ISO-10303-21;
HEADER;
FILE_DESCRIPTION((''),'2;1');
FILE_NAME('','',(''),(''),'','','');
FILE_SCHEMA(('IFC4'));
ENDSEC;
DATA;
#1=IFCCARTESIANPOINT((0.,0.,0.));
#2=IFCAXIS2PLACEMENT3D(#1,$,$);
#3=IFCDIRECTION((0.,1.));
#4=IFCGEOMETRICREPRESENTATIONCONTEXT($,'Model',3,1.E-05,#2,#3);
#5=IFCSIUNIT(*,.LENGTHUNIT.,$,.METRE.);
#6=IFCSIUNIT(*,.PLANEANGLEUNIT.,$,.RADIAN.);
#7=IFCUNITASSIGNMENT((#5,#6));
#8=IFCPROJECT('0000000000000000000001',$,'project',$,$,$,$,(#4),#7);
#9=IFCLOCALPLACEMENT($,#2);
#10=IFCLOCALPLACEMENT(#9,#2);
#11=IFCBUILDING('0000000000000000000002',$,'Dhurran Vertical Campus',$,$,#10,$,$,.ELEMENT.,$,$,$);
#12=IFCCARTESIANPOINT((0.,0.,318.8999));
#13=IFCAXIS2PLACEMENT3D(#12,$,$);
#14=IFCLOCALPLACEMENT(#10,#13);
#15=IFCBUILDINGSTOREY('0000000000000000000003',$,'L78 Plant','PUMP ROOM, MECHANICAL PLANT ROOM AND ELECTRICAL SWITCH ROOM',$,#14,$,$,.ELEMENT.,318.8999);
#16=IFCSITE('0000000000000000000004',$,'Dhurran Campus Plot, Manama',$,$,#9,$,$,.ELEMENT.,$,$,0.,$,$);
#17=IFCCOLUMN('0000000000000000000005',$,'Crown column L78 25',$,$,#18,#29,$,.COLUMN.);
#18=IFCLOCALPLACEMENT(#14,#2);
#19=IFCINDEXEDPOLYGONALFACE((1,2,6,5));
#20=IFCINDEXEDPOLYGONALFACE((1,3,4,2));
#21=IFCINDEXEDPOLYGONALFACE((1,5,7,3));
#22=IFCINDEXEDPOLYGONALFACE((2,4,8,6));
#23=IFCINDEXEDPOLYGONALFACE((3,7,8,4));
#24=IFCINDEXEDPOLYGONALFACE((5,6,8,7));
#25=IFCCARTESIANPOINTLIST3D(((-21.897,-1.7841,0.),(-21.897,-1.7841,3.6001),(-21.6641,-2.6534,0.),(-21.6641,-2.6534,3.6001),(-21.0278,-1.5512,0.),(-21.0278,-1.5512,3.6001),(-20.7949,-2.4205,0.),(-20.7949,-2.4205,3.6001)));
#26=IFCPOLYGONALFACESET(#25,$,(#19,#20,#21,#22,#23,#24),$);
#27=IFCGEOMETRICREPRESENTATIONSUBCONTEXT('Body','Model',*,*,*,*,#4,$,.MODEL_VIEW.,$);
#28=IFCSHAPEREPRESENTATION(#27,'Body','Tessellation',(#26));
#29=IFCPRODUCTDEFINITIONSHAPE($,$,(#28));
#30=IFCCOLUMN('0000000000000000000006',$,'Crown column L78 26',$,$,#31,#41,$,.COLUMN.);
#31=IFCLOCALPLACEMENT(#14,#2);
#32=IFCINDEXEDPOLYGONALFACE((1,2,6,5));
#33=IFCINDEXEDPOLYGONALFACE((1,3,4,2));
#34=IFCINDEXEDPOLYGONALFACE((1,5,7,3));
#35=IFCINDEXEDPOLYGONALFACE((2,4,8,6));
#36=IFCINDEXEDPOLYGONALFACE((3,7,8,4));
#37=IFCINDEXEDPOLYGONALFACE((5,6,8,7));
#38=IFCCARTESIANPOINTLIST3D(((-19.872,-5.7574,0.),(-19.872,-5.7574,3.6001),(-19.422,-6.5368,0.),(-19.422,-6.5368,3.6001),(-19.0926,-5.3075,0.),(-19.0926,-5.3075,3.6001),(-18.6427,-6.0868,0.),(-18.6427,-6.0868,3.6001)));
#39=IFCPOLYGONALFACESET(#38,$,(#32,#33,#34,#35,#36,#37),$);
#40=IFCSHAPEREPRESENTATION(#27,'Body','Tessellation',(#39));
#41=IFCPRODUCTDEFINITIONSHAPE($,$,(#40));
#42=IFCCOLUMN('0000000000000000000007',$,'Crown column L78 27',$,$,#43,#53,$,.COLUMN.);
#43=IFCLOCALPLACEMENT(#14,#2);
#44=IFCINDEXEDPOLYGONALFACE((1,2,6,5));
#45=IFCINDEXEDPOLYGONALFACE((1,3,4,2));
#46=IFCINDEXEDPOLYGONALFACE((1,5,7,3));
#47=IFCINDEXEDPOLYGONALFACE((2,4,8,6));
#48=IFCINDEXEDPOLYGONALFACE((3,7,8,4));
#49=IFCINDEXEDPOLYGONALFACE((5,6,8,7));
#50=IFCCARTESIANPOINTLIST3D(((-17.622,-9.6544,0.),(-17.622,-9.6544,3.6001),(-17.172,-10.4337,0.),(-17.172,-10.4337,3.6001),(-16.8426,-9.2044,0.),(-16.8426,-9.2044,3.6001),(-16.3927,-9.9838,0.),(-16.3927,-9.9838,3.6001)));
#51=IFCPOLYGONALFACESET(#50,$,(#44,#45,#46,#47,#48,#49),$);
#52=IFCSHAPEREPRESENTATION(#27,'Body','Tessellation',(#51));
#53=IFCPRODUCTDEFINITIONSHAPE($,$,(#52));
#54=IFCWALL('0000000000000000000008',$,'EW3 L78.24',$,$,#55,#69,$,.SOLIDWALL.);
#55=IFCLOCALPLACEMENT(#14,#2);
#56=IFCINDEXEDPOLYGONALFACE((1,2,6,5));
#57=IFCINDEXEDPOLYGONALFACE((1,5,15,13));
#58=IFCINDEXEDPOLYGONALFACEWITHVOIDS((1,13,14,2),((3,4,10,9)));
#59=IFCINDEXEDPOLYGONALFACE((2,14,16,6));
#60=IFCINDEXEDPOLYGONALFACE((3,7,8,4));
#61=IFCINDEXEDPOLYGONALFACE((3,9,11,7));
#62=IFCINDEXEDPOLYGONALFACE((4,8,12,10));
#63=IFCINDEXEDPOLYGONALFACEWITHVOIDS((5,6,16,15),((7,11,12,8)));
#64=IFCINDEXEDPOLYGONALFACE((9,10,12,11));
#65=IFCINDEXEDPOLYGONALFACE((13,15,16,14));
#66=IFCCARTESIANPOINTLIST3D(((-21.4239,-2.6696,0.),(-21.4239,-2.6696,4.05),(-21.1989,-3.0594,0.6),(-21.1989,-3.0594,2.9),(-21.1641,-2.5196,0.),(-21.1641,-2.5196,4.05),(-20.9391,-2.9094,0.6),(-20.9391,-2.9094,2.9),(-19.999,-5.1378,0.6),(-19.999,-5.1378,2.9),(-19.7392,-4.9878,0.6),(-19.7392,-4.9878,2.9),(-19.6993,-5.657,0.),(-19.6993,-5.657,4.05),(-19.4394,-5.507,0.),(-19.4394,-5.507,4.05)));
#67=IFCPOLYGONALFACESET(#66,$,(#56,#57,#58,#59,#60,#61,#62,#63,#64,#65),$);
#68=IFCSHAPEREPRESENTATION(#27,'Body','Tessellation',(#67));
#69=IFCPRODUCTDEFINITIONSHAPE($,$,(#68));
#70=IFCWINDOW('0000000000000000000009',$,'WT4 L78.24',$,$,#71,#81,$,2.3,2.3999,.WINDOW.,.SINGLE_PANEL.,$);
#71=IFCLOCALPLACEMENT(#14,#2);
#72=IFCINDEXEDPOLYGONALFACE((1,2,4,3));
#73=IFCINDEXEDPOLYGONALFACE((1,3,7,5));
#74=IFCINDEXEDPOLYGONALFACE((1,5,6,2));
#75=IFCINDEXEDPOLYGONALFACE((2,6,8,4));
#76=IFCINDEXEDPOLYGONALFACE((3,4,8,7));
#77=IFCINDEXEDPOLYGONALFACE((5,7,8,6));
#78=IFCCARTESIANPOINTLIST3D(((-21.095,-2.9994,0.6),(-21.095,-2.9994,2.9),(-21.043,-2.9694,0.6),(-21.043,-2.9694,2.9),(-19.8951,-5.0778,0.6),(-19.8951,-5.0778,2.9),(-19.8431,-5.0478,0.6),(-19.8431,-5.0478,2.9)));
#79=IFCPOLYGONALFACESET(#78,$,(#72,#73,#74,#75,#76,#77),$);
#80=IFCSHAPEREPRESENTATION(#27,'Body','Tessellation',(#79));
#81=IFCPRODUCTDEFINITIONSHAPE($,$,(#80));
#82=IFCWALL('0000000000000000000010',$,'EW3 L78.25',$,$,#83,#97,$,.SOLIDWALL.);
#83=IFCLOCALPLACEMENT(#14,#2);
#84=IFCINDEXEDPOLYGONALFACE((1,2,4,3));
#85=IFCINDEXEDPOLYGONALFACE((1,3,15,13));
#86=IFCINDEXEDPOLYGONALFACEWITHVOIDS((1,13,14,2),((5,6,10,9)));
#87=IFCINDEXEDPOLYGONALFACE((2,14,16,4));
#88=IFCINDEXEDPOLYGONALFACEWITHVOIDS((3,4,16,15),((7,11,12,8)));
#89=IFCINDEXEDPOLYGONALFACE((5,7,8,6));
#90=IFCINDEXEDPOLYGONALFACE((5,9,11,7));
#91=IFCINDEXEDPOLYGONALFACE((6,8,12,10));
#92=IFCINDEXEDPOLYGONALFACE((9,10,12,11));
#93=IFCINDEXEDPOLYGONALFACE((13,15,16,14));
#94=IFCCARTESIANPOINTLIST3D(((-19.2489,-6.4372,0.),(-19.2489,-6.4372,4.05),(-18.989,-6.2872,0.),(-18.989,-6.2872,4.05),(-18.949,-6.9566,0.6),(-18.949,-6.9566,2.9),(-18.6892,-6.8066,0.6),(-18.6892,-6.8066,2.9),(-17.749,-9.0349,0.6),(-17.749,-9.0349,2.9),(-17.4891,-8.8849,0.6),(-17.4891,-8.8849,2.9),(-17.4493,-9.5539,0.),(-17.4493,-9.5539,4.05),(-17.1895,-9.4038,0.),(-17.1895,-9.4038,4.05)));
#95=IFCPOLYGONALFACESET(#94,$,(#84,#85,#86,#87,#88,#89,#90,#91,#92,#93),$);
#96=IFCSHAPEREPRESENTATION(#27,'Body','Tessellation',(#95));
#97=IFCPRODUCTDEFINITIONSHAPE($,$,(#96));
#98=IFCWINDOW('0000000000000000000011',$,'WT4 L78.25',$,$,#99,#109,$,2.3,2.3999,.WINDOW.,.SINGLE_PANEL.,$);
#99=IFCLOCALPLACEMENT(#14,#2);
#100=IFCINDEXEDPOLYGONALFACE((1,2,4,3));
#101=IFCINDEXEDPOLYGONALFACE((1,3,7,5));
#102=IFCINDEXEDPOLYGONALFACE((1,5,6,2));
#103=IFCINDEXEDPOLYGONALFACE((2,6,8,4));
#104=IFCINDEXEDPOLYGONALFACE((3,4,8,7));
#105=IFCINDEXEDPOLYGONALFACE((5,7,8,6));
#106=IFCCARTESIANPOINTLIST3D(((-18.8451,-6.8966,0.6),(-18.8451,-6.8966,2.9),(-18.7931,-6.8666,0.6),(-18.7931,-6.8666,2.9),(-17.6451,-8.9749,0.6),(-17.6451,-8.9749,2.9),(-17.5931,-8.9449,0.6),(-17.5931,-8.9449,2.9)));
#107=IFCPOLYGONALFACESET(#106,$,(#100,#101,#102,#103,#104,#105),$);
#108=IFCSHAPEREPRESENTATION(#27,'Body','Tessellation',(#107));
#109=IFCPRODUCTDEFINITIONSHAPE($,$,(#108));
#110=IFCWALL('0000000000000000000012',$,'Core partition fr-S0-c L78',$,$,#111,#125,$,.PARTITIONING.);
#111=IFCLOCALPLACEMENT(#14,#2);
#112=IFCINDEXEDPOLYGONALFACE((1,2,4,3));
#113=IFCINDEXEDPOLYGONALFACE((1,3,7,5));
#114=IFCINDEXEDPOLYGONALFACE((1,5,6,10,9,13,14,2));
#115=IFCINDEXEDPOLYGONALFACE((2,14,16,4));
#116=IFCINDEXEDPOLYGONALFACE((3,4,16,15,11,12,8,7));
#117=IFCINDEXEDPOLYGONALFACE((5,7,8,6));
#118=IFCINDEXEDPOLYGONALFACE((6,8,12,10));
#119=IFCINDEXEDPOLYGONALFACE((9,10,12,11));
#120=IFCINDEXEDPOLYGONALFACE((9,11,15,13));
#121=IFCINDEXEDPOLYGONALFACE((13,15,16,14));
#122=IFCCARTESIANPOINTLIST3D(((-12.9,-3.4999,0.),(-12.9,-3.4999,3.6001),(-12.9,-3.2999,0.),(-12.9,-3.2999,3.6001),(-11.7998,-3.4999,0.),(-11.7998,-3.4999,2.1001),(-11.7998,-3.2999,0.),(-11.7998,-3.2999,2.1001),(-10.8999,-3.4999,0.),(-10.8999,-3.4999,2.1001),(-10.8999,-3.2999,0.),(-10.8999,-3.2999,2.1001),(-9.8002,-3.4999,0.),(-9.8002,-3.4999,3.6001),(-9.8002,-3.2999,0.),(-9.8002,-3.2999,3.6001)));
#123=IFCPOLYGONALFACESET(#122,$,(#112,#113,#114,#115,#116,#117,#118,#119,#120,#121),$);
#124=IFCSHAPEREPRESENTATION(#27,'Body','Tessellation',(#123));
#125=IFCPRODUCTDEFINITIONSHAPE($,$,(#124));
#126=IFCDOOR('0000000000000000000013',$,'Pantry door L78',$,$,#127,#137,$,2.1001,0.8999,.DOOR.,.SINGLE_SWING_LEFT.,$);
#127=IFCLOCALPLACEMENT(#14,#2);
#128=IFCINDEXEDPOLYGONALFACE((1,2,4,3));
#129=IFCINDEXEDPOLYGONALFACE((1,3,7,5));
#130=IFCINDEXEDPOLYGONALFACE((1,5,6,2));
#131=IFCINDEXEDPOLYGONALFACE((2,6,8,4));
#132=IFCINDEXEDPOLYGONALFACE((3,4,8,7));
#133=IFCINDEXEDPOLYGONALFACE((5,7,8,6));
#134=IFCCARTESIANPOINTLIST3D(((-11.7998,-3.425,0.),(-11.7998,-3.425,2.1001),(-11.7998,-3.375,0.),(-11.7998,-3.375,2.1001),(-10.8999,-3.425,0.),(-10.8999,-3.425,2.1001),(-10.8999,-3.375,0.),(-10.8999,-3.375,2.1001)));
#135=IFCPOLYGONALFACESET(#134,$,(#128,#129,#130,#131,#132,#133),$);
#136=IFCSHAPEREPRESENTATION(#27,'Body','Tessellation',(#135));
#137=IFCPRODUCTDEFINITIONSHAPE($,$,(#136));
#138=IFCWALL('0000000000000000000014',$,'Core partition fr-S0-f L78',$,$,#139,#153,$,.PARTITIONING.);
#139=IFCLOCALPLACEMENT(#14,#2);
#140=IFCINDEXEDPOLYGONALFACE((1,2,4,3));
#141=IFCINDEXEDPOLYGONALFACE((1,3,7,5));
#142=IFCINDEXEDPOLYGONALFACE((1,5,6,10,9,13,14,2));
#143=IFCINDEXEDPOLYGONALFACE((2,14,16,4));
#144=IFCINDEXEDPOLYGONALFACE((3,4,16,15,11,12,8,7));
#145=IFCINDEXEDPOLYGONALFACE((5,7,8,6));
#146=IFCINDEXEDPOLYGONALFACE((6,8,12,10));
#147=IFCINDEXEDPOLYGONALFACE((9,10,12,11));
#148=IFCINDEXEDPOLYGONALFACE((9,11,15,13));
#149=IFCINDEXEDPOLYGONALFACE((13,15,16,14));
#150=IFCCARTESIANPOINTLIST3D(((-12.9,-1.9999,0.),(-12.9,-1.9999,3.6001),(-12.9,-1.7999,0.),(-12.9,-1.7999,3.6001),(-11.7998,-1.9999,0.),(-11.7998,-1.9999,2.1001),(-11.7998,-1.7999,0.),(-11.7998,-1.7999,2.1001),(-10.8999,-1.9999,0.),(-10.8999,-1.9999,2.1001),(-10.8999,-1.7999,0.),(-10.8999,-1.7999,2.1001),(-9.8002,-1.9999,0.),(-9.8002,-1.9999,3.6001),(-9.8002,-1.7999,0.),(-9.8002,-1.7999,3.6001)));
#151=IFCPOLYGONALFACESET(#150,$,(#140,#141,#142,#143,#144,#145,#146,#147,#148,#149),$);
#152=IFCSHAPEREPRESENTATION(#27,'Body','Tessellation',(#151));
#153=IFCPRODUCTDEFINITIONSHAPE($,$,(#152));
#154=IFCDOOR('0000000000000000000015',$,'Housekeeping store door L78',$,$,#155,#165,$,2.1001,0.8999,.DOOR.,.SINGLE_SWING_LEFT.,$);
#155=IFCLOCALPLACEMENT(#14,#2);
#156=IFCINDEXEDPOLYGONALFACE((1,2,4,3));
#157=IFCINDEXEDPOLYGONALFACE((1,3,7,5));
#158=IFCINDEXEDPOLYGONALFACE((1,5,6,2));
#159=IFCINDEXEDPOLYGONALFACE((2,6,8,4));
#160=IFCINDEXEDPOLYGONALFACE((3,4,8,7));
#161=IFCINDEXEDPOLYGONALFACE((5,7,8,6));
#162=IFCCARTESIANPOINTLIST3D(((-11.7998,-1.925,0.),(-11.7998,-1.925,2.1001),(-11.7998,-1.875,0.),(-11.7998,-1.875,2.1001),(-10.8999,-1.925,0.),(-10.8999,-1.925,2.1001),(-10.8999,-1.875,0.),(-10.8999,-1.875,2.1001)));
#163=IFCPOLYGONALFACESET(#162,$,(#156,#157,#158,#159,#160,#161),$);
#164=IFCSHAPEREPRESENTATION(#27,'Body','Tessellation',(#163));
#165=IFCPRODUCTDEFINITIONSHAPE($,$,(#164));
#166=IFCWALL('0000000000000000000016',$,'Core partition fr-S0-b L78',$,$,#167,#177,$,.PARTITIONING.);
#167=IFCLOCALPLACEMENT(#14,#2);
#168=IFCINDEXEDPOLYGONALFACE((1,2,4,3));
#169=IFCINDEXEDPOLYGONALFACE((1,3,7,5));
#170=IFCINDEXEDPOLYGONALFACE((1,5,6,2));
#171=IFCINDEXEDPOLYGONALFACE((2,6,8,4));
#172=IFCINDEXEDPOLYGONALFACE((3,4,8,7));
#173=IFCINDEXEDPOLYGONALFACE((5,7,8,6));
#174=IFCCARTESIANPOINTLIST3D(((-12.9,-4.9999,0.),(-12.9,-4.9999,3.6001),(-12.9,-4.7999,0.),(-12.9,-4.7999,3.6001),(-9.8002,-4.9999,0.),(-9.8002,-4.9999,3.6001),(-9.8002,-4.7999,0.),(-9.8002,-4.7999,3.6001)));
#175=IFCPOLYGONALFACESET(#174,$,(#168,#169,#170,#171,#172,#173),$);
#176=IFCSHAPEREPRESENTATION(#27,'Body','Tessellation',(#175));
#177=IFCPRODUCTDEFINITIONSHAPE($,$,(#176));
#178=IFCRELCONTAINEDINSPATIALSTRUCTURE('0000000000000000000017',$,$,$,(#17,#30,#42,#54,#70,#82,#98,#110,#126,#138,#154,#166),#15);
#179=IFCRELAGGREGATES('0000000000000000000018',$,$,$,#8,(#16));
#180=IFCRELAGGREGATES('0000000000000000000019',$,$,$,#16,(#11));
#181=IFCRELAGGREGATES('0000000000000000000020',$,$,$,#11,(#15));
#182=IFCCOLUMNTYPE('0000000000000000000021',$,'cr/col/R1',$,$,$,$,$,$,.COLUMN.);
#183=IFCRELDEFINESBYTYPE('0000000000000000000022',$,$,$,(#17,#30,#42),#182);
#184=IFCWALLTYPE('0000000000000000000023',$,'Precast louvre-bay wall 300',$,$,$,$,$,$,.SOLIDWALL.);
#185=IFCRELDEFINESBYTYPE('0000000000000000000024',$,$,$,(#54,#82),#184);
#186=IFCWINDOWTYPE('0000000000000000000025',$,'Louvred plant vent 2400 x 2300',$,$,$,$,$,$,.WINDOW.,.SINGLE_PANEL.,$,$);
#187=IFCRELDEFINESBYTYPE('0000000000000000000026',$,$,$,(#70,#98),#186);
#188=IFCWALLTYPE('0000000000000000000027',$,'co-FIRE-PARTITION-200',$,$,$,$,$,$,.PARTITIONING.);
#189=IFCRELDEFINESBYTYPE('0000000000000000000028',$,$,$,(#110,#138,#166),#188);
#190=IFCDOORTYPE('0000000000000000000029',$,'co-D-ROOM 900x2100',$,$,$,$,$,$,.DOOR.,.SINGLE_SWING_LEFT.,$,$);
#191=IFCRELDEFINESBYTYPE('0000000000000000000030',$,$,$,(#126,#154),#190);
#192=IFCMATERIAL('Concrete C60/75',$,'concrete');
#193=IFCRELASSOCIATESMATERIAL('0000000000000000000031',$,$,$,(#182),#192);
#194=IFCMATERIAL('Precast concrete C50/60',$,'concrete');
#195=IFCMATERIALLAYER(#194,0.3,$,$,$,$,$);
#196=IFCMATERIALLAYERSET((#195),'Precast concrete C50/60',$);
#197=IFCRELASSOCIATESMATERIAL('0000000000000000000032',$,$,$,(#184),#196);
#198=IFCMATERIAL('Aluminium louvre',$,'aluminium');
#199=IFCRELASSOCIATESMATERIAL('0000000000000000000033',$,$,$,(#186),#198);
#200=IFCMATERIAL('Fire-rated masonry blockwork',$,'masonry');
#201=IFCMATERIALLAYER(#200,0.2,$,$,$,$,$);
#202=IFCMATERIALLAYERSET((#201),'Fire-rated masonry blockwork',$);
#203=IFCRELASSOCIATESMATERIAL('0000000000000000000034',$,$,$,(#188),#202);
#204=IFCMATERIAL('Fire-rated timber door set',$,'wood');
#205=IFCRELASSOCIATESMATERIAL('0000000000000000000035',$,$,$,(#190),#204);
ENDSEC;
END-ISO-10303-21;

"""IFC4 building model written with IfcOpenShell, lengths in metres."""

from ifc_helpers import new_model, si_unit, direction, frame, frame_2d, origin, origin_2d, place, context, subcontext, project, spatial, rectangle, extrude, material, layer, layer_set, material_profile, profile_set, type_object, element, fill, save


model = new_model("IFC4")

# Units and contexts
model_context = context("Model", 3, precision=1e-05, world=origin(), true_north=direction((0.0, 1.0)))
body_context = subcontext(model_context, "Body", "Model", "MODEL_VIEW")
ifc_project = project(units=[si_unit("LENGTHUNIT", "METRE"), si_unit("PLANEANGLEUNIT", "RADIAN")], contexts=[model_context])

# Site, building, storey
site_placement = place(None, origin())
site = spatial("IfcSite", under=ifc_project, at=site_placement, Name="Dhurran Campus Plot, Manama", CompositionType="ELEMENT", RefElevation=0.0)
building_placement = place(site_placement, origin())
building = spatial("IfcBuilding", under=site, at=building_placement, Name="Dhurran Vertical Campus", CompositionType="ELEMENT")
storey_placement = place(building_placement, frame((0.0, 0.0, 318.8999)))
storey = spatial("IfcBuildingStorey", under=building, at=storey_placement, Name="L78 Plant", Description="PUMP ROOM, MECHANICAL PLANT ROOM AND ELECTRICAL SWITCH ROOM", CompositionType="ELEMENT", Elevation=318.8999)

# Columns
ifc_material_1 = material(Name="Concrete C60/75", Category="concrete")
ifc_material_profile = material_profile(ifc_material_1, rectangle(XDim=0.8999, YDim=0.8999, at=origin_2d()), Name="cr/col/R1")
ifc_profile_set = profile_set([ifc_material_profile], Name="Concrete C60/75")
column_type = type_object("IfcColumnType", Name="cr/col/R1", PredefinedType="COLUMN", material=ifc_profile_set)
for number, where, z_axis, x_axis, name in (
    (1, (-21.3459, -2.1023, 0.0), (0.0, 0.0, 1.0), (0.258819, -0.965926, 0.0), "Crown column L78 25"),
    (2, (-19.2573, -5.9221, 0.0), (0.0, 0.0, 1.0), (0.5, -0.866025, 0.0), "Crown column L78 26"),
    (3, (-17.0073, -9.8191, 0.0), (0.0, 0.0, 1.0), (0.5, -0.866025, 0.0), "Crown column L78 27"),
):
    element("IfcColumn", number, at=place(storey_placement, frame(where, z_axis=z_axis, x_axis=x_axis)), inside=storey, type_object=column_type, Name=name, PredefinedType="COLUMN", context=body_context, shape_type="SweptSolid", body=[
        extrude(rectangle(XDim=0.8999, YDim=0.8999, at=origin_2d()), origin(), (0.0, 0.0, 1.0), 3.6001),
    ])

# Walls, openings, windows
ifc_material_2 = material(Name="Precast concrete C50/60", Category="concrete")
ifc_layer_1 = layer(ifc_material_2, 0.3)
ifc_layer_set_1 = layer_set([ifc_layer_1], Name="Precast concrete C50/60")
wall_type_1 = type_object("IfcWallType", Name="Precast louvre-bay wall 300", PredefinedType="SOLIDWALL", material=ifc_layer_set_1)
wall_1_placement = place(storey_placement, frame((-21.2939, -2.5947, 0.0), z_axis=(0.0, 0.0, 1.0), x_axis=(0.499976, -0.866039, 0.0)))
wall_1 = element("IfcWall", 4, at=wall_1_placement, inside=storey, type_object=wall_type_1, Name="EW3 L78.24", PredefinedType="SOLIDWALL", context=body_context, shape_type="SweptSolid", body=[
    extrude(rectangle(XDim=3.4495, YDim=0.3, at=frame_2d((1.7246, 0.0))), origin(), (0.0, 0.0, 1.0), 4.05),
])
opening_1_placement = place(wall_1_placement, frame((0.45, 0.0, 0.6001)))
opening_1 = element("IfcOpeningElement", 5, at=opening_1_placement, cuts=wall_1, PredefinedType="OPENING", context=body_context, shape_type="SweptSolid", body=[
    extrude(rectangle(XDim=2.3999, YDim=2.3, at=frame_2d((1.2, 1.1499))), frame((0.0, 0.1599, 0.0), z_axis=(0.0, -1.0, 0.0), x_axis=(1.0, 0.0, 0.0)), (0.0, 0.0, 1.0), 0.3201),
])
ifc_material_3 = material(Name="Aluminium louvre", Category="aluminium")
window_type = type_object("IfcWindowType", Name="Louvred plant vent 2400 x 2300", PartitioningType="SINGLE_PANEL", PredefinedType="WINDOW", material=ifc_material_3)
window_1_placement = place(opening_1_placement, origin())
window_1 = element("IfcWindow", 6, at=window_1_placement, inside=storey, type_object=window_type, Name="WT4 L78.24", OverallHeight=2.3, OverallWidth=2.3999, PartitioningType="SINGLE_PANEL", PredefinedType="WINDOW", context=body_context, shape_type="SweptSolid", body=[
    extrude(rectangle(XDim=2.3999, YDim=2.3, at=frame_2d((1.2, 1.1499))), frame((0.0, 0.03, 0.0), z_axis=(0.0, -1.0, 0.0), x_axis=(1.0, 0.0, 0.0)), (0.0, 0.0, 1.0), 0.0601),
])
fill(opening_1, window_1)
wall_2_placement = place(storey_placement, frame((-19.1189, -6.3623, 0.0), z_axis=(0.0, 0.0, 1.0), x_axis=(0.500028, -0.866009, 0.0)))
wall_2 = element("IfcWall", 7, at=wall_2_placement, inside=storey, type_object=wall_type_1, Name="EW3 L78.25", PredefinedType="SOLIDWALL", context=body_context, shape_type="SweptSolid", body=[
    extrude(rectangle(XDim=3.5989, YDim=0.3, at=frame_2d((1.7993, 0.0))), origin(), (0.0, 0.0, 1.0), 4.05),
])
opening_2_placement = place(wall_2_placement, frame((0.5996, 0.0, 0.6001)))
opening_2 = element("IfcOpeningElement", 8, at=opening_2_placement, cuts=wall_2, PredefinedType="OPENING", context=body_context, shape_type="SweptSolid", body=[
    extrude(rectangle(XDim=2.3999, YDim=2.3, at=frame_2d((1.2, 1.1499))), frame((0.0, 0.1599, 0.0), z_axis=(0.0, -1.0, 0.0), x_axis=(1.0, 0.0, 0.0)), (0.0, 0.0, 1.0), 0.3201),
])
window_2_placement = place(opening_2_placement, origin())
window_2 = element("IfcWindow", 9, at=window_2_placement, inside=storey, type_object=window_type, Name="WT4 L78.25", OverallHeight=2.3, OverallWidth=2.3999, PartitioningType="SINGLE_PANEL", PredefinedType="WINDOW", context=body_context, shape_type="SweptSolid", body=[
    extrude(rectangle(XDim=2.3999, YDim=2.3, at=frame_2d((1.2, 1.1499))), frame((0.0, 0.03, 0.0), z_axis=(0.0, -1.0, 0.0), x_axis=(1.0, 0.0, 0.0)), (0.0, 0.0, 1.0), 0.0601),
])
fill(opening_2, window_2)

# Walls, openings, doors
ifc_material_4 = material(Name="Fire-rated masonry blockwork", Category="masonry")
ifc_layer_2 = layer(ifc_material_4, 0.2)
ifc_layer_set_2 = layer_set([ifc_layer_2], Name="Fire-rated masonry blockwork")
wall_type_2 = type_object("IfcWallType", Name="co-FIRE-PARTITION-200", PredefinedType="PARTITIONING", material=ifc_layer_set_2)
wall_3_placement = place(storey_placement, frame((-12.8999, -3.3999, 0.0), z_axis=(0.0, 0.0, 1.0), x_axis=(1.0, 0.0, 0.0)))
wall_3 = element("IfcWall", 10, at=wall_3_placement, inside=storey, type_object=wall_type_2, Name="Core partition fr-S0-c L78", PredefinedType="PARTITIONING", context=body_context, shape_type="SweptSolid", body=[
    extrude(rectangle(XDim=3.0999, YDim=0.2, at=frame_2d((1.5498, 0.0))), origin(), (0.0, 0.0, 1.0), 3.6001),
])
opening_3_placement = place(wall_3_placement, frame((1.1001, 0.0, 0.0)))
opening_3 = element("IfcOpeningElement", 11, at=opening_3_placement, cuts=wall_3, PredefinedType="OPENING", context=body_context, shape_type="SweptSolid", body=[
    extrude(rectangle(XDim=0.8999, YDim=2.1001, at=frame_2d((0.45, 1.05))), frame((0.0, 0.1099, 0.0), z_axis=(0.0, -1.0, 0.0), x_axis=(1.0, 0.0, 0.0)), (0.0, 0.0, 1.0), 0.22),
])
ifc_material_5 = material(Name="Fire-rated timber door set", Category="wood")
door_type_1 = type_object("IfcDoorType", Name="co-D-ROOM 900x2100", OperationType="SINGLE_SWING_LEFT", PredefinedType="DOOR", material=ifc_material_5)
door_1_placement = place(opening_3_placement, origin())
door_1 = element("IfcDoor", 12, at=door_1_placement, inside=storey, type_object=door_type_1, Name="Pantry door L78", OperationType="SINGLE_SWING_LEFT", OverallHeight=2.1001, OverallWidth=0.8999, PredefinedType="DOOR", context=body_context, shape_type="SweptSolid", body=[
    extrude(rectangle(XDim=0.8999, YDim=2.1001, at=frame_2d((0.45, 1.05))), frame((0.0, 0.0249, 0.0), z_axis=(0.0, -1.0, 0.0), x_axis=(1.0, 0.0, 0.0)), (0.0, 0.0, 1.0), 0.05),
])
fill(opening_3, door_1)
wall_4_placement = place(storey_placement, frame((-12.8999, -1.8999, 0.0), z_axis=(0.0, 0.0, 1.0), x_axis=(1.0, 0.0, 0.0)))
wall_4 = element("IfcWall", 13, at=wall_4_placement, inside=storey, type_object=wall_type_2, Name="Core partition fr-S0-f L78", PredefinedType="PARTITIONING", context=body_context, shape_type="SweptSolid", body=[
    extrude(rectangle(XDim=3.0999, YDim=0.2, at=frame_2d((1.5498, 0.0))), origin(), (0.0, 0.0, 1.0), 3.6001),
])
opening_4_placement = place(wall_4_placement, frame((1.1001, 0.0, 0.0)))
opening_4 = element("IfcOpeningElement", 14, at=opening_4_placement, cuts=wall_4, PredefinedType="OPENING", context=body_context, shape_type="SweptSolid", body=[
    extrude(rectangle(XDim=0.8999, YDim=2.1001, at=frame_2d((0.45, 1.05))), frame((0.0, 0.1099, 0.0), z_axis=(0.0, -1.0, 0.0), x_axis=(1.0, 0.0, 0.0)), (0.0, 0.0, 1.0), 0.22),
])
door_2_placement = place(opening_4_placement, origin())
door_2 = element("IfcDoor", 15, at=door_2_placement, inside=storey, type_object=door_type_1, Name="Housekeeping store door L78", OperationType="SINGLE_SWING_LEFT", OverallHeight=2.1001, OverallWidth=0.8999, PredefinedType="DOOR", context=body_context, shape_type="SweptSolid", body=[
    extrude(rectangle(XDim=0.8999, YDim=2.1001, at=frame_2d((0.45, 1.05))), frame((0.0, 0.0249, 0.0), z_axis=(0.0, -1.0, 0.0), x_axis=(1.0, 0.0, 0.0)), (0.0, 0.0, 1.0), 0.05),
])
fill(opening_4, door_2)

# Wall
wall_5_placement = place(storey_placement, frame((-12.8999, -4.8999, 0.0), z_axis=(0.0, 0.0, 1.0), x_axis=(1.0, 0.0, 0.0)))
element("IfcWall", 16, at=wall_5_placement, inside=storey, type_object=wall_type_2, Name="Core partition fr-S0-b L78", PredefinedType="PARTITIONING", context=body_context, shape_type="SweptSolid", body=[
    extrude(rectangle(XDim=3.0999, YDim=0.2, at=frame_2d((1.5498, 0.0))), origin(), (0.0, 0.0, 1.0), 3.6001),
])

save(model, "model.ifc")
